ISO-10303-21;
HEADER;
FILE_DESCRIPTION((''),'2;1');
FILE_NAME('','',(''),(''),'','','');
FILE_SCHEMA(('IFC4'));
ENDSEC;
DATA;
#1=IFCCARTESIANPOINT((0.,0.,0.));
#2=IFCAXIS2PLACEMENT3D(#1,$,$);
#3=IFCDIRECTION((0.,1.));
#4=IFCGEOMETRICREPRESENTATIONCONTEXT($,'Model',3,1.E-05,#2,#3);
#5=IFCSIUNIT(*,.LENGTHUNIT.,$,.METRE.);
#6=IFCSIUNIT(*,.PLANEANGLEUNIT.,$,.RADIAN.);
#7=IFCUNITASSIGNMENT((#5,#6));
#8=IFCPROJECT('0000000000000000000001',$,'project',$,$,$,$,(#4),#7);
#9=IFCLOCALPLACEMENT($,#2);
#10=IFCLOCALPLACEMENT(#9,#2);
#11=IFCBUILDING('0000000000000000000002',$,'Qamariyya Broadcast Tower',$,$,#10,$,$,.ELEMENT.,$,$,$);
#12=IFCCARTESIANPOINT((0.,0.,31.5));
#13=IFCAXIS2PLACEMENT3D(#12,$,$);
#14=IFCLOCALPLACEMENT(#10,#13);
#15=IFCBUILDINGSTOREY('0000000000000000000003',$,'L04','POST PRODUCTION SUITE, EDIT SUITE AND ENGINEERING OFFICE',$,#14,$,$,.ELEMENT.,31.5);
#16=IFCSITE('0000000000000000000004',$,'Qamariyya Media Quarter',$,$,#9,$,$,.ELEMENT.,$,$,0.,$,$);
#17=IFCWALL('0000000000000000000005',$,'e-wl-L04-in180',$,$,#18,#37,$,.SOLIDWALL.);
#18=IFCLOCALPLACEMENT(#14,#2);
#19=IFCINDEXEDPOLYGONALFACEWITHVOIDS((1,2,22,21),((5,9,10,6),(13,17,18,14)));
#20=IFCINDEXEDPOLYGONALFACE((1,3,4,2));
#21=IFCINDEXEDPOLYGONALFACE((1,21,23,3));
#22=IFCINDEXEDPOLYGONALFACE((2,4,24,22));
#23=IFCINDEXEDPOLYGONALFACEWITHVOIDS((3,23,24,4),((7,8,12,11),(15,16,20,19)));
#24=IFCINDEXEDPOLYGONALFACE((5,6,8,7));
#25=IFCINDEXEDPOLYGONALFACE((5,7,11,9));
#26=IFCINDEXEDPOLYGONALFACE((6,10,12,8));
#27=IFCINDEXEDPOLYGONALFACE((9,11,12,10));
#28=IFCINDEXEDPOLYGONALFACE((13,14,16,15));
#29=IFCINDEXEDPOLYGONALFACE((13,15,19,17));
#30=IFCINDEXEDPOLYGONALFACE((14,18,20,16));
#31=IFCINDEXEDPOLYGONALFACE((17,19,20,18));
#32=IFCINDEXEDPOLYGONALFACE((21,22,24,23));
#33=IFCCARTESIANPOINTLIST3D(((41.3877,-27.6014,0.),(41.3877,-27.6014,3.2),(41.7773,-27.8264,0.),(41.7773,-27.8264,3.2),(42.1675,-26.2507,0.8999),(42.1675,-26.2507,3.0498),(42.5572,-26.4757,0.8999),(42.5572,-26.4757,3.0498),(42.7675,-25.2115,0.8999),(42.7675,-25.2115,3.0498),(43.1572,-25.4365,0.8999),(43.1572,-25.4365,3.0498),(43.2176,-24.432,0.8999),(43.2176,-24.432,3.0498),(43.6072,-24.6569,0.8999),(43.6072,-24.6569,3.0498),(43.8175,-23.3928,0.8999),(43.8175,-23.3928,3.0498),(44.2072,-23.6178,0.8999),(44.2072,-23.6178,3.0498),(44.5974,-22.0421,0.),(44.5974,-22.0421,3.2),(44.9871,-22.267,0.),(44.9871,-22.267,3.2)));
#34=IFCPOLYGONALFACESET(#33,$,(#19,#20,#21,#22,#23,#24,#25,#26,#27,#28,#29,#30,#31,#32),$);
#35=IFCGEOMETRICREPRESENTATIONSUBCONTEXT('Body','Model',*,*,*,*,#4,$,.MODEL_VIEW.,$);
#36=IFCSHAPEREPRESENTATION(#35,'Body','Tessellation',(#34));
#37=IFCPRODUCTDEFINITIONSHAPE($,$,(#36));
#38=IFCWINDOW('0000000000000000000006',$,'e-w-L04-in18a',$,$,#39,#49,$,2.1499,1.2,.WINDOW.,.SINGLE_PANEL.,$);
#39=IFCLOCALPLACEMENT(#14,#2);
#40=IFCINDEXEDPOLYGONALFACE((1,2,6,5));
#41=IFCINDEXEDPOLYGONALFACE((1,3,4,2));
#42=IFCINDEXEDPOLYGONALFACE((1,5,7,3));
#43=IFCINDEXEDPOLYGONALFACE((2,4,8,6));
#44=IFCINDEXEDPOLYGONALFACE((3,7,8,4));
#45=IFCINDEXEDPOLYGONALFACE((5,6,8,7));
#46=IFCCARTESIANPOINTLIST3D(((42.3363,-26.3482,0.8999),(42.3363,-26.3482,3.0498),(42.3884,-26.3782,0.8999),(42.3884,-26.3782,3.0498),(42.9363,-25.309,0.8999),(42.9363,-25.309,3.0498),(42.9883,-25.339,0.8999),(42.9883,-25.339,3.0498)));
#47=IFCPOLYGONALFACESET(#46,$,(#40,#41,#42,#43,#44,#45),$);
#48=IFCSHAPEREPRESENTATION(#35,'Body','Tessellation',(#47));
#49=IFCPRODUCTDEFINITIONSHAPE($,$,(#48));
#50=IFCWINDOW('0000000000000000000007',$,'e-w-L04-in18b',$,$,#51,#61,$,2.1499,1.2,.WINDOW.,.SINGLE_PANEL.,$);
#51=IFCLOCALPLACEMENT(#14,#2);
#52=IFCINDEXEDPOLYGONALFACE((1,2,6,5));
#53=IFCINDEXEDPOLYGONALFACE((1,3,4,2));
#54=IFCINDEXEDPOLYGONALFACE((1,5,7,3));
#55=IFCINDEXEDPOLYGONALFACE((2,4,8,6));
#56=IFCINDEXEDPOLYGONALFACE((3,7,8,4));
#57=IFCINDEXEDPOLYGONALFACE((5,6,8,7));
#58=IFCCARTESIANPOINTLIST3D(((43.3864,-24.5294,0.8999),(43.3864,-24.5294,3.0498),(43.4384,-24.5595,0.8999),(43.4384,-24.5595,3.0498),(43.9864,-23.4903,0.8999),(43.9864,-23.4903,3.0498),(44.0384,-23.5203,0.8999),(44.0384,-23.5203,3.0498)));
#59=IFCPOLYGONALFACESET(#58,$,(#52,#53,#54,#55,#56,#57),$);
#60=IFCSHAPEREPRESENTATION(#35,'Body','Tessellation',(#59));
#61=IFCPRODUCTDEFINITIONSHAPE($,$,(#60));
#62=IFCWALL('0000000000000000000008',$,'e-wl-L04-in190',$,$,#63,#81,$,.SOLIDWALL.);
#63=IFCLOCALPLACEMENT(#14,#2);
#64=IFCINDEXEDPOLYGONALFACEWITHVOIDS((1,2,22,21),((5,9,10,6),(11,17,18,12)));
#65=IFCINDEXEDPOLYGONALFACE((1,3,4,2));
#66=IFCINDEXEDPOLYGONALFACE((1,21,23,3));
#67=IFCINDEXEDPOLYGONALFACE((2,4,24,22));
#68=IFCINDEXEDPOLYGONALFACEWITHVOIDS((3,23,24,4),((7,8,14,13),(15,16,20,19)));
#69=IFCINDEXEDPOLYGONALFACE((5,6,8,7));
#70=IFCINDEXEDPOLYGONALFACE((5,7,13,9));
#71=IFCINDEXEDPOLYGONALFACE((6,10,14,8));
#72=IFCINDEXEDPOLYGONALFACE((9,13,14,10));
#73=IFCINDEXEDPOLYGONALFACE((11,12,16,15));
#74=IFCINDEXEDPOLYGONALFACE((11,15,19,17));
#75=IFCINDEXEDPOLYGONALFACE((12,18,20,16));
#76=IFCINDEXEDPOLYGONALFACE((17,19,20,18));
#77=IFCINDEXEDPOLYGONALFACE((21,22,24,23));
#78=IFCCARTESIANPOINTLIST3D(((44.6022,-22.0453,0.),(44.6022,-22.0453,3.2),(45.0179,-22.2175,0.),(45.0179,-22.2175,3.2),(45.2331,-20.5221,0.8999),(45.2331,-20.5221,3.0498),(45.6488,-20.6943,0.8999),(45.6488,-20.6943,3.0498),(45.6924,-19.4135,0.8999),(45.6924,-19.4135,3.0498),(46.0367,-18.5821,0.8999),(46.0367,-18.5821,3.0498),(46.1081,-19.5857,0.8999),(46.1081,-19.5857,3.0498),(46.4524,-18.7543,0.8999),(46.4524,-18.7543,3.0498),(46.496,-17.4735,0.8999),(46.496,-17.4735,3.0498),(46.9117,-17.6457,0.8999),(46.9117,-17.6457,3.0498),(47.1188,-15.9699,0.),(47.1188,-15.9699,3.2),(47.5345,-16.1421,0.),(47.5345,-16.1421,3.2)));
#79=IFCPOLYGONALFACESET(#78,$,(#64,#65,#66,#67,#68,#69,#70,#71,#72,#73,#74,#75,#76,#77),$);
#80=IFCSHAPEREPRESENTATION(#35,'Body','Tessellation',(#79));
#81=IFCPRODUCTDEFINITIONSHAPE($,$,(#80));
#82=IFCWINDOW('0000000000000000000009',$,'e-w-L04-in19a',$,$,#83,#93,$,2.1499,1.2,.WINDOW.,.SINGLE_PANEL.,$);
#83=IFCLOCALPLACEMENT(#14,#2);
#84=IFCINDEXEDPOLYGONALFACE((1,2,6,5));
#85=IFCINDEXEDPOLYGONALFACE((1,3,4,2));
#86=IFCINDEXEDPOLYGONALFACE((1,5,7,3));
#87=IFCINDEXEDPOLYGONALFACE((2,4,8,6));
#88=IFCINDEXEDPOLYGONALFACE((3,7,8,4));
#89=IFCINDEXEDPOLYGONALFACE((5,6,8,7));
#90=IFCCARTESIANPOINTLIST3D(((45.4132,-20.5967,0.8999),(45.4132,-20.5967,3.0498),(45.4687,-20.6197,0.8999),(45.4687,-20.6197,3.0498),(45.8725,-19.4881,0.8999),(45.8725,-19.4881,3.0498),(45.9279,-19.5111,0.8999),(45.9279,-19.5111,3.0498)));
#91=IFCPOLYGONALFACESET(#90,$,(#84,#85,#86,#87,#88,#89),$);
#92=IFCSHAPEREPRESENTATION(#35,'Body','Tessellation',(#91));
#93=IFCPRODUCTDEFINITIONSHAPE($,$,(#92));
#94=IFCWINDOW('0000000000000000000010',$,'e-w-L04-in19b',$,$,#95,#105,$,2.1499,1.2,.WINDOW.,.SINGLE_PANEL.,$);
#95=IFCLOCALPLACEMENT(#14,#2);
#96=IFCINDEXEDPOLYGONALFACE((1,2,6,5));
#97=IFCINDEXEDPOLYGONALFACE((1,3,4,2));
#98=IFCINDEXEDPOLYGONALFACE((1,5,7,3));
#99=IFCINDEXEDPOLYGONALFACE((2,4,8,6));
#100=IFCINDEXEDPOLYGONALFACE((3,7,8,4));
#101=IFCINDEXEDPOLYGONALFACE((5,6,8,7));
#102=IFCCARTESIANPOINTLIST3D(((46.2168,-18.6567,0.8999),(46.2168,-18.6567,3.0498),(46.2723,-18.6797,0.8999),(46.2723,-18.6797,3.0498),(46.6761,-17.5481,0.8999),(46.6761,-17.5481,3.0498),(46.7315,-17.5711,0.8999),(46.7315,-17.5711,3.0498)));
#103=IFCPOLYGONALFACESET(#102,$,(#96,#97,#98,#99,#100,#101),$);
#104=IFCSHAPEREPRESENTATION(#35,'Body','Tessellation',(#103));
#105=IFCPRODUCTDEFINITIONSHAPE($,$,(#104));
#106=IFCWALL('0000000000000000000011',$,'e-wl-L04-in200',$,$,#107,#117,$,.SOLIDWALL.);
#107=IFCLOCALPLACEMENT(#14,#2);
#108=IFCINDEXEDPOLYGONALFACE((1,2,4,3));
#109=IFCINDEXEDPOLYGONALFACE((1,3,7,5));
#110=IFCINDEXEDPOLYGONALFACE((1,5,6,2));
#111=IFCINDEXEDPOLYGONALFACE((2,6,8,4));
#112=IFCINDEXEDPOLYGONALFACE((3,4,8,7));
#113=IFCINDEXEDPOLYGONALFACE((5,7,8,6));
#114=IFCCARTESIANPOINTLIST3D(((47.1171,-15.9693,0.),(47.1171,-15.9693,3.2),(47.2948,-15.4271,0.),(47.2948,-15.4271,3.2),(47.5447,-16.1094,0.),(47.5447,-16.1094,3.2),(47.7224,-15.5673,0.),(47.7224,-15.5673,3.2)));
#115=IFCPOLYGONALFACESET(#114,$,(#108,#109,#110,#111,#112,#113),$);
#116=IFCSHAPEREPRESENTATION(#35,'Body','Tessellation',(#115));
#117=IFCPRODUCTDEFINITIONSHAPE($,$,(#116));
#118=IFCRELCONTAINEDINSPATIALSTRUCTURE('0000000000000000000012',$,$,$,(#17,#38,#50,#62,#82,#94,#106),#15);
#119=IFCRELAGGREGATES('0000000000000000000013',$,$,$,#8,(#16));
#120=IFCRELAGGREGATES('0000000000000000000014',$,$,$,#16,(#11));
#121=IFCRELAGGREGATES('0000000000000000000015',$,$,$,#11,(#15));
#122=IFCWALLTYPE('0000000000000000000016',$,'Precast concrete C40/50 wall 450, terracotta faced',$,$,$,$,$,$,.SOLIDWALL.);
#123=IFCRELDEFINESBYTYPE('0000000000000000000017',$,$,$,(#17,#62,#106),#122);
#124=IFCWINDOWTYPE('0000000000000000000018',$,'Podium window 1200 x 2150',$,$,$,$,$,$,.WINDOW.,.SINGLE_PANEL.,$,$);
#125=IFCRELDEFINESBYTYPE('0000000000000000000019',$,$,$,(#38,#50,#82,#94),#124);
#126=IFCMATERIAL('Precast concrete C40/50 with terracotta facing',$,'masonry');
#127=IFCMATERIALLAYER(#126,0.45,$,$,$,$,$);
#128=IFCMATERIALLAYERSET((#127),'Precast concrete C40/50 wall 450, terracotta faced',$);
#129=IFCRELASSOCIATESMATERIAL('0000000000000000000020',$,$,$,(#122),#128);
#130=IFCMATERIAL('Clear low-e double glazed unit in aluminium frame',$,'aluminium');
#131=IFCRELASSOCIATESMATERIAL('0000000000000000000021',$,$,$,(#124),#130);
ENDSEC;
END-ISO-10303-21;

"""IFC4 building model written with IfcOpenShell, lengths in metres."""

from ifc_helpers import new_model, si_unit, direction, frame, frame_2d, origin, place, context, subcontext, project, spatial, rectangle, extrude, material, layer, layer_set, type_object, element, fill, save


model = new_model("IFC4")

# Units and contexts
model_context = context("Model", 3, precision=1e-05, world=origin(), true_north=direction((0.0, 1.0)))
body_context = subcontext(model_context, "Body", "Model", "MODEL_VIEW")
ifc_project = project(units=[si_unit("LENGTHUNIT", "METRE"), si_unit("PLANEANGLEUNIT", "RADIAN")], contexts=[model_context])

# Site, building, storey
site_placement = place(None, origin())
site = spatial("IfcSite", under=ifc_project, at=site_placement, Name="Qamariyya Media Quarter", CompositionType="ELEMENT", RefElevation=0.0)
building_placement = place(site_placement, origin())
building = spatial("IfcBuilding", under=site, at=building_placement, Name="Qamariyya Broadcast Tower", CompositionType="ELEMENT")
storey_placement = place(building_placement, frame((0.0, 0.0, 31.5)))
storey = spatial("IfcBuildingStorey", under=building, at=storey_placement, Name="L04", Description="POST PRODUCTION SUITE, EDIT SUITE AND ENGINEERING OFFICE", CompositionType="ELEMENT", Elevation=31.5)

# Shared definitions
ifc_material_1 = material(Name="Precast concrete C40/50 with terracotta facing", Category="masonry")
ifc_layer = layer(ifc_material_1, 0.45)
ifc_layer_set = layer_set([ifc_layer], Name="Precast concrete C40/50 wall 450, terracotta faced")
wall_type = type_object("IfcWallType", Name="Precast concrete C40/50 wall 450, terracotta faced", PredefinedType="SOLIDWALL", material=ifc_layer_set)

# Walls, openings, windows
wall_1_placement = place(storey_placement, frame((44.7922, -22.1545, 0.0), z_axis=(0.0, 0.0, 1.0), x_axis=(-0.500004, -0.866023, 0.0)))
wall_1 = element("IfcWall", 1, at=wall_1_placement, inside=storey, type_object=wall_type, Name="e-wl-L04-in180", PredefinedType="SOLIDWALL", context=body_context, shape_type="SweptSolid", body=[
    extrude(rectangle(XDim=6.4194, YDim=0.45, at=frame_2d((3.2097, 0.0))), origin(), (0.0, 0.0, 1.0), 3.2),
])
opening_1_placement = place(wall_1_placement, frame((3.6597, 0.0, 0.8999)))
opening_1 = element("IfcOpeningElement", 2, at=opening_1_placement, cuts=wall_1, PredefinedType="OPENING", context=body_context, shape_type="SweptSolid", body=[
    extrude(rectangle(XDim=1.2, YDim=2.1499, at=frame_2d((0.6001, 1.075))), frame((0.0, 0.2349, 0.0), z_axis=(0.0, -1.0, 0.0), x_axis=(1.0, 0.0, 0.0)), (0.0, 0.0, 1.0), 0.47),
])
opening_2_placement = place(wall_1_placement, frame((1.5596, 0.0, 0.8999)))
opening_2 = element("IfcOpeningElement", 3, at=opening_2_placement, cuts=wall_1, PredefinedType="OPENING", context=body_context, shape_type="SweptSolid", body=[
    extrude(rectangle(XDim=1.2, YDim=2.1499, at=frame_2d((0.6001, 1.075))), frame((0.0, 0.2349, 0.0), z_axis=(0.0, -1.0, 0.0), x_axis=(1.0, 0.0, 0.0)), (0.0, 0.0, 1.0), 0.47),
])
ifc_material_2 = material(Name="Clear low-e double glazed unit in aluminium frame", Category="aluminium")
window_type = type_object("IfcWindowType", Name="Podium window 1200 x 2150", PartitioningType="SINGLE_PANEL", PredefinedType="WINDOW", material=ifc_material_2)
window_1_placement = place(opening_1_placement, origin())
window_1 = element("IfcWindow", 4, at=window_1_placement, inside=storey, type_object=window_type, Name="e-w-L04-in18a", OverallHeight=2.1499, OverallWidth=1.2, PartitioningType="SINGLE_PANEL", PredefinedType="WINDOW", context=body_context, shape_type="SweptSolid", body=[
    extrude(rectangle(XDim=1.2, YDim=2.1499, at=frame_2d((0.6001, 1.075))), frame((0.0, 0.03, 0.0), z_axis=(0.0, -1.0, 0.0), x_axis=(1.0, 0.0, 0.0)), (0.0, 0.0, 1.0), 0.0601),
])
fill(opening_1, window_1)
window_2_placement = place(opening_2_placement, origin())
window_2 = element("IfcWindow", 5, at=window_2_placement, inside=storey, type_object=window_type, Name="e-w-L04-in18b", OverallHeight=2.1499, OverallWidth=1.2, PartitioningType="SINGLE_PANEL", PredefinedType="WINDOW", context=body_context, shape_type="SweptSolid", body=[
    extrude(rectangle(XDim=1.2, YDim=2.1499, at=frame_2d((0.6001, 1.075))), frame((0.0, 0.03, 0.0), z_axis=(0.0, -1.0, 0.0), x_axis=(1.0, 0.0, 0.0)), (0.0, 0.0, 1.0), 0.0601),
])
fill(opening_2, window_2)
wall_2_placement = place(storey_placement, frame((47.3267, -16.0559, 0.0), z_axis=(0.0, 0.0, 1.0), x_axis=(-0.382693, -0.923876, 0.0)))
wall_2 = element("IfcWall", 6, at=wall_2_placement, inside=storey, type_object=wall_type, Name="e-wl-L04-in190", PredefinedType="SOLIDWALL", context=body_context, shape_type="SweptSolid", body=[
    extrude(rectangle(XDim=6.5759, YDim=0.45, at=frame_2d((3.2881, 0.0))), origin(), (0.0, 0.0, 1.0), 3.2),
])
opening_3_placement = place(wall_2_placement, frame((3.7273, 0.0, 0.8999)))
opening_3 = element("IfcOpeningElement", 7, at=opening_3_placement, cuts=wall_2, PredefinedType="OPENING", context=body_context, shape_type="SweptSolid", body=[
    extrude(rectangle(XDim=1.2, YDim=2.1499, at=frame_2d((0.6001, 1.075))), frame((0.0, 0.2349, 0.0), z_axis=(0.0, -1.0, 0.0), x_axis=(1.0, 0.0, 0.0)), (0.0, 0.0, 1.0), 0.47),
])
opening_4_placement = place(wall_2_placement, frame((1.6274, 0.0, 0.8999)))
opening_4 = element("IfcOpeningElement", 8, at=opening_4_placement, cuts=wall_2, PredefinedType="OPENING", context=body_context, shape_type="SweptSolid", body=[
    extrude(rectangle(XDim=1.2, YDim=2.1499, at=frame_2d((0.6001, 1.075))), frame((0.0, 0.2349, 0.0), z_axis=(0.0, -1.0, 0.0), x_axis=(1.0, 0.0, 0.0)), (0.0, 0.0, 1.0), 0.47),
])
window_3_placement = place(opening_3_placement, origin())
window_3 = element("IfcWindow", 9, at=window_3_placement, inside=storey, type_object=window_type, Name="e-w-L04-in19a", OverallHeight=2.1499, OverallWidth=1.2, PartitioningType="SINGLE_PANEL", PredefinedType="WINDOW", context=body_context, shape_type="SweptSolid", body=[
    extrude(rectangle(XDim=1.2, YDim=2.1499, at=frame_2d((0.6001, 1.075))), frame((0.0, 0.03, 0.0), z_axis=(0.0, -1.0, 0.0), x_axis=(1.0, 0.0, 0.0)), (0.0, 0.0, 1.0), 0.0601),
])
fill(opening_3, window_3)
window_4_placement = place(opening_4_placement, origin())
window_4 = element("IfcWindow", 10, at=window_4_placement, inside=storey, type_object=window_type, Name="e-w-L04-in19b", OverallHeight=2.1499, OverallWidth=1.2, PartitioningType="SINGLE_PANEL", PredefinedType="WINDOW", context=body_context, shape_type="SweptSolid", body=[
    extrude(rectangle(XDim=1.2, YDim=2.1499, at=frame_2d((0.6001, 1.075))), frame((0.0, 0.03, 0.0), z_axis=(0.0, -1.0, 0.0), x_axis=(1.0, 0.0, 0.0)), (0.0, 0.0, 1.0), 0.0601),
])
fill(opening_4, window_4)

# Wall
wall_3_placement = place(storey_placement, frame((47.5085, -15.4973, 0.0), z_axis=(0.0, 0.0, 1.0), x_axis=(-0.311475, -0.950254, 0.0)))
element("IfcWall", 11, at=wall_3_placement, inside=storey, type_object=wall_type, Name="e-wl-L04-in200", PredefinedType="SOLIDWALL", context=body_context, shape_type="SweptSolid", body=[
    extrude(rectangle(XDim=0.5706, YDim=0.45, at=frame_2d((0.2852, 0.0))), origin(), (0.0, 0.0, 1.0), 3.2),
])

save(model, "model.ifc")
